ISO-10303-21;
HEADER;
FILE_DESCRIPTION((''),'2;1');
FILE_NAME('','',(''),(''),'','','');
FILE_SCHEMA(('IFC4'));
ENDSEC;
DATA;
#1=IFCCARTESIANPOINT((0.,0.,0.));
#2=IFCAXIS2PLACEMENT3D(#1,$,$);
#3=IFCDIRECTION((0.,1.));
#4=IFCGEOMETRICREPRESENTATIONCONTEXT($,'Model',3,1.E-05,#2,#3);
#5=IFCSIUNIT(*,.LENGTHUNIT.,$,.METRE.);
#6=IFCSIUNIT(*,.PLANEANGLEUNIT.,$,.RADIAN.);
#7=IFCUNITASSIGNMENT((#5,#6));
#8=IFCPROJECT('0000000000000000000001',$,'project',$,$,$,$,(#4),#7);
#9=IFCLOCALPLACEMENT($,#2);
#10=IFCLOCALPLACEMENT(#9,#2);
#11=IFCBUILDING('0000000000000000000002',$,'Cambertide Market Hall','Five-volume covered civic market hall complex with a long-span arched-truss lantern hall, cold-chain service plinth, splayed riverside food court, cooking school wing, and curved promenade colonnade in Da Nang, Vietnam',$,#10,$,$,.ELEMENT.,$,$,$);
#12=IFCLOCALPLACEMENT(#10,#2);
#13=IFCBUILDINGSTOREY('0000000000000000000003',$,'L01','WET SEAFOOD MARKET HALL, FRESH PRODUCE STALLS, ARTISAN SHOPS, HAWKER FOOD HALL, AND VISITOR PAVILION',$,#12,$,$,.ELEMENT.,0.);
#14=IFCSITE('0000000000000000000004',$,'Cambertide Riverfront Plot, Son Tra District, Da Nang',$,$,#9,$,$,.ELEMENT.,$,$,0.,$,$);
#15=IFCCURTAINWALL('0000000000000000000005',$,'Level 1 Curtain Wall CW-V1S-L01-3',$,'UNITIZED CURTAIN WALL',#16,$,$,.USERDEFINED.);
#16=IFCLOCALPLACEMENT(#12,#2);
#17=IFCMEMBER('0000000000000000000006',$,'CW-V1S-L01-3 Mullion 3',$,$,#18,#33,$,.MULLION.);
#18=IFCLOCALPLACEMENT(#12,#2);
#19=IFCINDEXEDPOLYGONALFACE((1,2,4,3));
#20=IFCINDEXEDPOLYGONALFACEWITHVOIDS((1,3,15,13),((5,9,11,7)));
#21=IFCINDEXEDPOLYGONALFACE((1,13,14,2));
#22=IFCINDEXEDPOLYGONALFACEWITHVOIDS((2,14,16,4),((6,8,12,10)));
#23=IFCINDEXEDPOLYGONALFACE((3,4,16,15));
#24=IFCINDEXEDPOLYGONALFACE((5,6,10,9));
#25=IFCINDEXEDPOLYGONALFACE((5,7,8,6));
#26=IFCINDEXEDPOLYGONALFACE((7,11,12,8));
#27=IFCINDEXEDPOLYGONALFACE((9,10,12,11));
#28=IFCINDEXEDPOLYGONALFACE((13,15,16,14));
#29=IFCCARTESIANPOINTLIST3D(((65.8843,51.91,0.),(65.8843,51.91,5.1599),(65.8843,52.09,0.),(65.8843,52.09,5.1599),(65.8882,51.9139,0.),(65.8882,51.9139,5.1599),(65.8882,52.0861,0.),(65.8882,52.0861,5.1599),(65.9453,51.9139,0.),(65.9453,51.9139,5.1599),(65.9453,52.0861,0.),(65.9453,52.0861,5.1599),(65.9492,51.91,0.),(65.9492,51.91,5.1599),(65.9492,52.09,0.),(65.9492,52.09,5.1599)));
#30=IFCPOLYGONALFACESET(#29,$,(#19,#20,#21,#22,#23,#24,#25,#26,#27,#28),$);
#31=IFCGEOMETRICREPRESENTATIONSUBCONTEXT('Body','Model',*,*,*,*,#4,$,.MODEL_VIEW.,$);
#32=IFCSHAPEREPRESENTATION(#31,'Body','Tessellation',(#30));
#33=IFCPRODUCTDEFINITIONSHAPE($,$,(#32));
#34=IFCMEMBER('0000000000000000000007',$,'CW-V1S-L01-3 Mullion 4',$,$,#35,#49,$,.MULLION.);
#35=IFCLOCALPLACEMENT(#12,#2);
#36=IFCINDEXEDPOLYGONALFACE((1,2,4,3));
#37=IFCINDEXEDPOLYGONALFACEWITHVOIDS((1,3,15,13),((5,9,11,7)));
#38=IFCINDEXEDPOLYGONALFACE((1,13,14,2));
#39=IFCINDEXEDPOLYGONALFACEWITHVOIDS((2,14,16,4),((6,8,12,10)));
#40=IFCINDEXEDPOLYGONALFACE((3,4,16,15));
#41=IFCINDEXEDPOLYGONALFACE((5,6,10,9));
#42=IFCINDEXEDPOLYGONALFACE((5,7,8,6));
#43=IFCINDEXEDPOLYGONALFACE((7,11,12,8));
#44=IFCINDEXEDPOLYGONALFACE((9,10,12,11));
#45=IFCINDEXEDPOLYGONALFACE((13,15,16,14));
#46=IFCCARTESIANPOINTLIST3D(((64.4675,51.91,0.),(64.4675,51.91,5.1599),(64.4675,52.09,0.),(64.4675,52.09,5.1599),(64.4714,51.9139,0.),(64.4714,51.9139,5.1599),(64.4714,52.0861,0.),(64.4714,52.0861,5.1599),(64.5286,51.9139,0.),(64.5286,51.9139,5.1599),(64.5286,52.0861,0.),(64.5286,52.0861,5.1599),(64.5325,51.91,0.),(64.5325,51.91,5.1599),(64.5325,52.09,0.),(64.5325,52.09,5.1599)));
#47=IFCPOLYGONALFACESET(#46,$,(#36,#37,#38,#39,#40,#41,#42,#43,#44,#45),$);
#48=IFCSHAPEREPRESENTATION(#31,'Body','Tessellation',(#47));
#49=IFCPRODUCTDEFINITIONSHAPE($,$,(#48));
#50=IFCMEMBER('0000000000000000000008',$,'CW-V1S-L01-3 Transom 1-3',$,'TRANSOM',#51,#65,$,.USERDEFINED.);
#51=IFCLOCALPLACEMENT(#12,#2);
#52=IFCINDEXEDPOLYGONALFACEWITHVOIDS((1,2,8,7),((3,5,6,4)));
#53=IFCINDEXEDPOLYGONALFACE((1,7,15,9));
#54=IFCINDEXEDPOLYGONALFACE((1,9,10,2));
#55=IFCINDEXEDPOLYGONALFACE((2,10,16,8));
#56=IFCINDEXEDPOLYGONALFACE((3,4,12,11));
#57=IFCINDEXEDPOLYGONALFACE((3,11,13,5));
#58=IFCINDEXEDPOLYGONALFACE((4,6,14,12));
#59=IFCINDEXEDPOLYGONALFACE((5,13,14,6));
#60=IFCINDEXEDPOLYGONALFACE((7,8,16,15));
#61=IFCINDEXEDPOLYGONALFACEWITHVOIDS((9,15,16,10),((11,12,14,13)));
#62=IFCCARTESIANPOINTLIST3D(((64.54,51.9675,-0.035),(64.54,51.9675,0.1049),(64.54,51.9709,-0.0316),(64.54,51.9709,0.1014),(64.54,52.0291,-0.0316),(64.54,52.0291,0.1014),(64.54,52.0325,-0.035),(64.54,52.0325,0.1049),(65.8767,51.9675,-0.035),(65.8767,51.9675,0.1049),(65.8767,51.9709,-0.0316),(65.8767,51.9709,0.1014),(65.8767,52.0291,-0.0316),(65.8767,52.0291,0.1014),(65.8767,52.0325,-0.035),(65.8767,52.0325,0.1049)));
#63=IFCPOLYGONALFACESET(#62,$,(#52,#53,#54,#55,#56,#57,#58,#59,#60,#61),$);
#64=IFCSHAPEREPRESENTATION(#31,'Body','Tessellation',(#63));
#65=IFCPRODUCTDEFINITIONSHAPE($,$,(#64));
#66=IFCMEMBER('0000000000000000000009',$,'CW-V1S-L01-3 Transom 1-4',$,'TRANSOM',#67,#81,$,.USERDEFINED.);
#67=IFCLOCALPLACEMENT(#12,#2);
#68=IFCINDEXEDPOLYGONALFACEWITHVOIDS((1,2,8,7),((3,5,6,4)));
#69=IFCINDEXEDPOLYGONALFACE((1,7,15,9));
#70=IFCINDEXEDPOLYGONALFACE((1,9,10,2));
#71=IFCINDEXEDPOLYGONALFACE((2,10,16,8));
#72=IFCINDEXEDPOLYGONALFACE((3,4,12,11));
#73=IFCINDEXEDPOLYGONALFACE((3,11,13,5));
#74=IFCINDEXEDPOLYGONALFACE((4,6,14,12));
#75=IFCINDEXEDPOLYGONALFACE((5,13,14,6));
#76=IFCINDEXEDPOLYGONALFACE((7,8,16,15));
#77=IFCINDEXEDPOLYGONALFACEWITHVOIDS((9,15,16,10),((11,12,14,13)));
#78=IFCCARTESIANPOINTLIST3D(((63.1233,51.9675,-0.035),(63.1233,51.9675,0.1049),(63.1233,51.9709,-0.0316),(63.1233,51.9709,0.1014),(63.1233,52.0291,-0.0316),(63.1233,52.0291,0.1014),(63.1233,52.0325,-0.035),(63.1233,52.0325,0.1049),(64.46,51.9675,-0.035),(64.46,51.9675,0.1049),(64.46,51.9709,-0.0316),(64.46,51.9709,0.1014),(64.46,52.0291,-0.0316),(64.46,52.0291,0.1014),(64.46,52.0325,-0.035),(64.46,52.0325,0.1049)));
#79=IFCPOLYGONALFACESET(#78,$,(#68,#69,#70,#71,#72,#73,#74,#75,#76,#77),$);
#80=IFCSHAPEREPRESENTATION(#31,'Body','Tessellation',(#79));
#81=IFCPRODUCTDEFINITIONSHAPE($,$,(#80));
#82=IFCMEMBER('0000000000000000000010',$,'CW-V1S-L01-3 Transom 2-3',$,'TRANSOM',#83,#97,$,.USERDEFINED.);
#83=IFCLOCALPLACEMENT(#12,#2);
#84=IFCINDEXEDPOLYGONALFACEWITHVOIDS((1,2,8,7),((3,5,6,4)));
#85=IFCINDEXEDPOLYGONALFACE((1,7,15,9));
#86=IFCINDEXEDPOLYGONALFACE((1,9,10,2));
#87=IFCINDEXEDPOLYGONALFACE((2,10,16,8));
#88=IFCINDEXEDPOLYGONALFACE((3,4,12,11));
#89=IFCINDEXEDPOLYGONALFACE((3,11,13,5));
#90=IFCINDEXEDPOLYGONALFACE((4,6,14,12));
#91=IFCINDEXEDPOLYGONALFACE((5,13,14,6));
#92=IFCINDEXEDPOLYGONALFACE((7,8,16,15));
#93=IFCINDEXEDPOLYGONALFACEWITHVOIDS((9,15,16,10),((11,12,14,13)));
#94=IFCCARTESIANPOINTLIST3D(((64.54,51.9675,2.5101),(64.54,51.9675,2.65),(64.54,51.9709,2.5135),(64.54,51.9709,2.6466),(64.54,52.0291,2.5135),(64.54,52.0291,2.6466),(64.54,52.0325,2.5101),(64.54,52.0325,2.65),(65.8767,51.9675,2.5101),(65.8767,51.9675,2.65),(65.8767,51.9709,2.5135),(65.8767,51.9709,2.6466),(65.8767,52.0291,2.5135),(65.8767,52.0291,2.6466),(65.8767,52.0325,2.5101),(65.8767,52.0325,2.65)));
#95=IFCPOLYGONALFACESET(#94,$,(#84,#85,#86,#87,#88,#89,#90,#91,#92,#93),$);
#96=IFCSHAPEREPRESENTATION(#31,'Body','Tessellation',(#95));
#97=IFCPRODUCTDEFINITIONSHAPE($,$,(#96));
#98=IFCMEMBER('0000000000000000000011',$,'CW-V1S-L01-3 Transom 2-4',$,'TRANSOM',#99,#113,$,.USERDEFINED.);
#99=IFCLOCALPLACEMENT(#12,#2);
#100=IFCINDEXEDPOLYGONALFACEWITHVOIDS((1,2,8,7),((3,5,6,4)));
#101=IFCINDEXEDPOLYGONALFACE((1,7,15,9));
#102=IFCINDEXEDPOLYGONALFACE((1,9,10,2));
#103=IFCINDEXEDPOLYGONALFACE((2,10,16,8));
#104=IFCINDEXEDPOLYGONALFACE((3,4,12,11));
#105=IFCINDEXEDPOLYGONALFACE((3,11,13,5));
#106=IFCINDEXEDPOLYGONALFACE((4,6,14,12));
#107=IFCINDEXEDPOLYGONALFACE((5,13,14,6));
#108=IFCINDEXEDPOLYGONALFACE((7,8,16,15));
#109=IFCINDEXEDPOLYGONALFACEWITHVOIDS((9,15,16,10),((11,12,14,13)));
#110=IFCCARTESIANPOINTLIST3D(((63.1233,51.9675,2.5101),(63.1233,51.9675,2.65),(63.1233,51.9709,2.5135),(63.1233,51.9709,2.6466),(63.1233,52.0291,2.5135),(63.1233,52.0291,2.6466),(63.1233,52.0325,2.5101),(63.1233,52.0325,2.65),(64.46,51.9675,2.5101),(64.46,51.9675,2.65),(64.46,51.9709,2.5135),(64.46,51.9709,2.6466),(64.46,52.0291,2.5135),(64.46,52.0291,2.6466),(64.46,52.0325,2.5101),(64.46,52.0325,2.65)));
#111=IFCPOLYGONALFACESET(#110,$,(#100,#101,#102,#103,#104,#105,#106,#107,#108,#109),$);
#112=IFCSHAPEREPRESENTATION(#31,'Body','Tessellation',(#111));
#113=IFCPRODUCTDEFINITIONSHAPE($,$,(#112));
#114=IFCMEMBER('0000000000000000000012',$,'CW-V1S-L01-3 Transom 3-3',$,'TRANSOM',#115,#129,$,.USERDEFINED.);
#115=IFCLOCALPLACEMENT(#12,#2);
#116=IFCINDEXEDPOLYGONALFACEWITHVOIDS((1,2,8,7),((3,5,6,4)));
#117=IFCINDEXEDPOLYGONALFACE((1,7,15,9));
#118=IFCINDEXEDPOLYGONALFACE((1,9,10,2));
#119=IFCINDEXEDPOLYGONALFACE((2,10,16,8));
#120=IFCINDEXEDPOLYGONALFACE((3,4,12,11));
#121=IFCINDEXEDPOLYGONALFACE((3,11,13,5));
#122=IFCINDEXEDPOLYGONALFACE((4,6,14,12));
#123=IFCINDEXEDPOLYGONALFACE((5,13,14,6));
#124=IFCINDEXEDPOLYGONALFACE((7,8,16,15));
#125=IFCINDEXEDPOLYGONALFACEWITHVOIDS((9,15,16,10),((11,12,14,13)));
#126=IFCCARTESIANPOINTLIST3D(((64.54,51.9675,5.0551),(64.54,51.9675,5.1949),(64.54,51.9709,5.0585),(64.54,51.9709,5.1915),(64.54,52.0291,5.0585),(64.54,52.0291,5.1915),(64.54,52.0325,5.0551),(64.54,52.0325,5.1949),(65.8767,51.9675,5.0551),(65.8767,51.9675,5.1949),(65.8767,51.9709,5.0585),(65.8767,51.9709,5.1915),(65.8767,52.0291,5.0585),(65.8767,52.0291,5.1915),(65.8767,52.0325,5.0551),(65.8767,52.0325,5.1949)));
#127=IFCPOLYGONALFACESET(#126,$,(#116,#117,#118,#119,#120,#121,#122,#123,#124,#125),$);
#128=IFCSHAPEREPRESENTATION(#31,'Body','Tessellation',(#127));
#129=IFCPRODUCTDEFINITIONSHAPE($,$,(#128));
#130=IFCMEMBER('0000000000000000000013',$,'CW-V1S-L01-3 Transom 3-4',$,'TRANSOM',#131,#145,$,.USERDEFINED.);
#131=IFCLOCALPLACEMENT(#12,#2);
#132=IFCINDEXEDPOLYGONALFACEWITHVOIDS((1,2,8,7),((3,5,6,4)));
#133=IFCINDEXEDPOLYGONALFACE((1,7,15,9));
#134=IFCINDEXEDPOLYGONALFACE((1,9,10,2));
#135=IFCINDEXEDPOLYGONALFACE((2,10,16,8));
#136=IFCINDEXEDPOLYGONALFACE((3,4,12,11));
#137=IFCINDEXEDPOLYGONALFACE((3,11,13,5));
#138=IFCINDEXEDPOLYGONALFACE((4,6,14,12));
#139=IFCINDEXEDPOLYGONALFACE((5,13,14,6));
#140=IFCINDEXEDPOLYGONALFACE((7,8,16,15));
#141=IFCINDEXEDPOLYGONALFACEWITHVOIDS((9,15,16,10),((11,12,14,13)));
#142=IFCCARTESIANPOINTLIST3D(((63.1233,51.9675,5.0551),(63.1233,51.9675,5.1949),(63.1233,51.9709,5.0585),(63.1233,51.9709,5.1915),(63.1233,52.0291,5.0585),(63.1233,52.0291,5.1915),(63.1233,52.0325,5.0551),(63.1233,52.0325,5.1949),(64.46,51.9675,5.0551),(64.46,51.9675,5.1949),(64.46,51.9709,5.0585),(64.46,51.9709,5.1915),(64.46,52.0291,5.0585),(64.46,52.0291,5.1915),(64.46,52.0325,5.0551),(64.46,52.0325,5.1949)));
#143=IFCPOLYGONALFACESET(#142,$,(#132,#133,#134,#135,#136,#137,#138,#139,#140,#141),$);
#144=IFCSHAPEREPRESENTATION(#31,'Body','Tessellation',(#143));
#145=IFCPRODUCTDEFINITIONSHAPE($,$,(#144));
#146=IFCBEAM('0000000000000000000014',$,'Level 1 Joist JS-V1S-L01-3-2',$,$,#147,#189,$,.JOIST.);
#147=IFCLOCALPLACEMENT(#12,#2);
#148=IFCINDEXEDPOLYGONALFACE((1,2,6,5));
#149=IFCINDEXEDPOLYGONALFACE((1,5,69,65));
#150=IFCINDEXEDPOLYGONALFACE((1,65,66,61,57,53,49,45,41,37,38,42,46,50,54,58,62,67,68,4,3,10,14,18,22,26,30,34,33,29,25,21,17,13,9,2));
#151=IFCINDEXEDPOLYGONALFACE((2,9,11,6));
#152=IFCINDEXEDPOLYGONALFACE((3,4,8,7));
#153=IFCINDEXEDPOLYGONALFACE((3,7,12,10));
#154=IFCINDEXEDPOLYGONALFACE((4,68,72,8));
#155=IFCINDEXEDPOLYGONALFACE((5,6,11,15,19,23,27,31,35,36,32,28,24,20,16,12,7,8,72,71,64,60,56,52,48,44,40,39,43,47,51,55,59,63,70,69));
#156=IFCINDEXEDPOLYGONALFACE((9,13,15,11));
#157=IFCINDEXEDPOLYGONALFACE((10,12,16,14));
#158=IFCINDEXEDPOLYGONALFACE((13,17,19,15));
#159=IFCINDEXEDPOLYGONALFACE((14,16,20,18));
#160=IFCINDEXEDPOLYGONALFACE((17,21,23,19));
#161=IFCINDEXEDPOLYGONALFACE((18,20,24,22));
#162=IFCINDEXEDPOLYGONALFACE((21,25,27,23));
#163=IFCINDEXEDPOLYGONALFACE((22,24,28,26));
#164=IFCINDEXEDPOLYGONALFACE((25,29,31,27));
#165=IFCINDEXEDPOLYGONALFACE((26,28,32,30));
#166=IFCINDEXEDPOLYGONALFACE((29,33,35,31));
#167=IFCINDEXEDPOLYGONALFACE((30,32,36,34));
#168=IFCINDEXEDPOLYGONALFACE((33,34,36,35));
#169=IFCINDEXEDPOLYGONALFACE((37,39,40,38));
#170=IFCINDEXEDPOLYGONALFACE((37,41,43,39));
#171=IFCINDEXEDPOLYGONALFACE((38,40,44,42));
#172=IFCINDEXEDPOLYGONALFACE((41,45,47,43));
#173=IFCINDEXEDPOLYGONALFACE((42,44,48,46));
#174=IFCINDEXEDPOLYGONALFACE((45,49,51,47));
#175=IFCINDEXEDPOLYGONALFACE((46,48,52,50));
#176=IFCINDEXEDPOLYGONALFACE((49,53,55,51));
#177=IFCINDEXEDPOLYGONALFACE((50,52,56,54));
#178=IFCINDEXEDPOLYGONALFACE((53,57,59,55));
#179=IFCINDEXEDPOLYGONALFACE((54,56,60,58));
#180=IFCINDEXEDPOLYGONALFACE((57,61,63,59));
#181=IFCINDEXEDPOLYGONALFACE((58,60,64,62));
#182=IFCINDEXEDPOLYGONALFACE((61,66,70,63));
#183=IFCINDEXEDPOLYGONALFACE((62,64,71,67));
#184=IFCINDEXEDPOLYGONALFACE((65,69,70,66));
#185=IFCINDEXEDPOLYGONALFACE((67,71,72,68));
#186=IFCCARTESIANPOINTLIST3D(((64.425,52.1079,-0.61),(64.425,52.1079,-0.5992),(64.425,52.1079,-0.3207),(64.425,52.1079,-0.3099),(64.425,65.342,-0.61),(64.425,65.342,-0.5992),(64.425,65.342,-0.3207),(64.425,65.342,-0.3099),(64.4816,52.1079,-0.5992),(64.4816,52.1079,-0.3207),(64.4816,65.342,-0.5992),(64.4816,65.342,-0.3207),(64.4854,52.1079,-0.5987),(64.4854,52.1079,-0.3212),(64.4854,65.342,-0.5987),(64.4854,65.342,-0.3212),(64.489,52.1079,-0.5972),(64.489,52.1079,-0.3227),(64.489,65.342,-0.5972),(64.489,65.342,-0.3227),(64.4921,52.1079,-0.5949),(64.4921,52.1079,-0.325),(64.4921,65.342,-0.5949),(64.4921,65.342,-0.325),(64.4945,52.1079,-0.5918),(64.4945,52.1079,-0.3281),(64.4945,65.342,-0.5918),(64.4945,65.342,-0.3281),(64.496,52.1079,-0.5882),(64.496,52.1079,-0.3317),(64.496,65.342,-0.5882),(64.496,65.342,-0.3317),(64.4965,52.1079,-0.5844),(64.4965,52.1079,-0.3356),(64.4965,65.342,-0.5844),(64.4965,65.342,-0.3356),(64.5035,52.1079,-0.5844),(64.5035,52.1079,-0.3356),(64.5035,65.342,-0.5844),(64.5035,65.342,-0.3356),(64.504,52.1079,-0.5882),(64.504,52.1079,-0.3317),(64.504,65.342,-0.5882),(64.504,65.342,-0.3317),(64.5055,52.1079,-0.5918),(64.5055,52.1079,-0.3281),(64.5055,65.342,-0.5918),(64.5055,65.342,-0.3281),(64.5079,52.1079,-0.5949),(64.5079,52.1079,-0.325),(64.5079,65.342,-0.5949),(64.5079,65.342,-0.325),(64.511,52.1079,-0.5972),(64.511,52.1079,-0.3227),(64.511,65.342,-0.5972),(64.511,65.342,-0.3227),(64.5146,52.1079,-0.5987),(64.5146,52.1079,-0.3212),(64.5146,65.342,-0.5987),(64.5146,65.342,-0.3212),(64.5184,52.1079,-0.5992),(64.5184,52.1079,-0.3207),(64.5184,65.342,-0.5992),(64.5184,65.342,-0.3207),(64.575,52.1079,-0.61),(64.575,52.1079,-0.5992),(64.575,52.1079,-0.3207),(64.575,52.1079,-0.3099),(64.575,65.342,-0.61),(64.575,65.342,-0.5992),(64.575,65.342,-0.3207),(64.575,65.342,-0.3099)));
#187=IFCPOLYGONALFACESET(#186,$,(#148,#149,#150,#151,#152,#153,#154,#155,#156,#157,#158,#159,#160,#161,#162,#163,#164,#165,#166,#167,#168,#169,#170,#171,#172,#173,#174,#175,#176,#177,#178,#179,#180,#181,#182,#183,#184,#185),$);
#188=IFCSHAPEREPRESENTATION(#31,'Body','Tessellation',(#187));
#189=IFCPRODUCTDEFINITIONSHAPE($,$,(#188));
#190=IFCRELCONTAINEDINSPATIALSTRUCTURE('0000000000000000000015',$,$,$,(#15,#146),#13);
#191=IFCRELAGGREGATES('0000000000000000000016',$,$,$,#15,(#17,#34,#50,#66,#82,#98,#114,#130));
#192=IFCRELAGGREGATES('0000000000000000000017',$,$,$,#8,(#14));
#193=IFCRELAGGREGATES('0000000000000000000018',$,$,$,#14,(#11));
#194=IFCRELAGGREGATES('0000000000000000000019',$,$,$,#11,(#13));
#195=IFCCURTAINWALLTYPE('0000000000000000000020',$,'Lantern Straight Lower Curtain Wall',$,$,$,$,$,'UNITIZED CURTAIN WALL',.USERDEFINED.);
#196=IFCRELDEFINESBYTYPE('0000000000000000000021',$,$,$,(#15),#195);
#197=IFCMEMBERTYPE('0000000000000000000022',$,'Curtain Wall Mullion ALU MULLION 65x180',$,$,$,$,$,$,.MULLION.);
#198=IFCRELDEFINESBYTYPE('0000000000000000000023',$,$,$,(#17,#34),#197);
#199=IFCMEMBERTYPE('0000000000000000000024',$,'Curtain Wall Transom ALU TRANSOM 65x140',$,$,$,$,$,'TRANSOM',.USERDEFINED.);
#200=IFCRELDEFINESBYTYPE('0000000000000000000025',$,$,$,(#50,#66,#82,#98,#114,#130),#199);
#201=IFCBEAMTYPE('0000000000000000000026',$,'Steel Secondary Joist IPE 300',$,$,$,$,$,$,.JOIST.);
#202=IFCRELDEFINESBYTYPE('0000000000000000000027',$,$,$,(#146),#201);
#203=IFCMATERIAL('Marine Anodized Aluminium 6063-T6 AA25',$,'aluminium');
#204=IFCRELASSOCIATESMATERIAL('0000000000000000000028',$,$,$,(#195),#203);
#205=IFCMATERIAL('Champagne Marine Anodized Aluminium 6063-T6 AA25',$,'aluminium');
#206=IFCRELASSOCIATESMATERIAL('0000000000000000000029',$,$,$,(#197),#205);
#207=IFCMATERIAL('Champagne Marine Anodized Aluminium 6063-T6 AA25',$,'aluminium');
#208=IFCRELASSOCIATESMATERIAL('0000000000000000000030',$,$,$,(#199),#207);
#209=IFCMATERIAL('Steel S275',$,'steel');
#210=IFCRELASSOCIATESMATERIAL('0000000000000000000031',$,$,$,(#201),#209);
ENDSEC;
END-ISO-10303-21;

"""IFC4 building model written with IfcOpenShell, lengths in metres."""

from ifc_helpers import new_model, si_unit, direction, frame, origin, origin_2d, place, context, subcontext, project, spatial, hollow_rectangle, i_section, extrude, material, material_profile, profile_set, type_object, element, aggregate, save


model = new_model("IFC4")

# Units and contexts
model_context = context("Model", 3, precision=1e-05, world=origin(), true_north=direction((0.0, 1.0)))
body_context = subcontext(model_context, "Body", "Model", "MODEL_VIEW")
ifc_project = project(units=[si_unit("LENGTHUNIT", "METRE"), si_unit("PLANEANGLEUNIT", "RADIAN")], contexts=[model_context])

# Site, building, storey
site_placement = place(None, origin())
site = spatial("IfcSite", under=ifc_project, at=site_placement, Name="Cambertide Riverfront Plot, Son Tra District, Da Nang", CompositionType="ELEMENT", RefElevation=0.0)
building_placement = place(site_placement, origin())
building = spatial("IfcBuilding", under=site, at=building_placement, Name="Cambertide Market Hall", Description="Five-volume covered civic market hall complex with a long-span arched-truss lantern hall, cold-chain service plinth, splayed riverside food court, cooking school wing, and curved promenade colonnade in Da Nang, Vietnam", CompositionType="ELEMENT")
storey_placement = place(building_placement, origin())
storey = spatial("IfcBuildingStorey", under=building, at=storey_placement, Name="L01", Description="WET SEAFOOD MARKET HALL, FRESH PRODUCE STALLS, ARTISAN SHOPS, HAWKER FOOD HALL, AND VISITOR PAVILION", CompositionType="ELEMENT", Elevation=0.0)

# Curtain wall, members
ifc_material_1 = material(Name="Marine Anodized Aluminium 6063-T6 AA25", Category="aluminium")
curtain_wall_type = type_object("IfcCurtainWallType", Name="Lantern Straight Lower Curtain Wall", ElementType="UNITIZED CURTAIN WALL", PredefinedType="USERDEFINED", material=ifc_material_1)
curtain_wall_placement = place(storey_placement, origin())
curtain_wall = element("IfcCurtainWall", 1, at=curtain_wall_placement, inside=storey, type_object=curtain_wall_type, Name="Level 1 Curtain Wall CW-V1S-L01-3", ObjectType="UNITIZED CURTAIN WALL", PredefinedType="USERDEFINED")
ifc_material_2 = material(Name="Champagne Marine Anodized Aluminium 6063-T6 AA25", Category="aluminium")
ifc_material_profile_1 = material_profile(ifc_material_2, hollow_rectangle(XDim=0.0649, YDim=0.1799, WallThickness=0.0039, at=origin_2d()), Name="ALU MULLION 65x180")
ifc_profile_set_1 = profile_set([ifc_material_profile_1], Name="Champagne Marine Anodized Aluminium 6063-T6 AA25")
member_type_1 = type_object("IfcMemberType", Name="Curtain Wall Mullion ALU MULLION 65x180", PredefinedType="MULLION", material=ifc_profile_set_1)
member_1_placement = place(storey_placement, frame((65.9167, 52.0, 0.0), z_axis=(0.0, 0.0, 1.0), x_axis=(-1.0, 0.0, 0.0)))
member_1 = element("IfcMember", 2, at=member_1_placement, type_object=member_type_1, Name="CW-V1S-L01-3 Mullion 3", PredefinedType="MULLION", context=body_context, shape_type="SweptSolid", body=[
    extrude(hollow_rectangle(XDim=0.0649, YDim=0.1799, WallThickness=0.0039, at=origin_2d()), origin(), (0.0, 0.0, 1.0), 5.1599),
])
member_2_placement = place(storey_placement, frame((64.5, 52.0, 0.0), z_axis=(0.0, 0.0, 1.0), x_axis=(-1.0, 0.0, 0.0)))
member_2 = element("IfcMember", 3, at=member_2_placement, type_object=member_type_1, Name="CW-V1S-L01-3 Mullion 4", PredefinedType="MULLION", context=body_context, shape_type="SweptSolid", body=[
    extrude(hollow_rectangle(XDim=0.0649, YDim=0.1799, WallThickness=0.0039, at=origin_2d()), origin(), (0.0, 0.0, 1.0), 5.1599),
])
ifc_material_3 = material(Name="Champagne Marine Anodized Aluminium 6063-T6 AA25", Category="aluminium")
ifc_material_profile_2 = material_profile(ifc_material_3, hollow_rectangle(XDim=0.0649, YDim=0.1399, WallThickness=0.0034, at=origin_2d()), Name="ALU TRANSOM 65x140")
ifc_profile_set_2 = profile_set([ifc_material_profile_2], Name="Champagne Marine Anodized Aluminium 6063-T6 AA25")
member_type_2 = type_object("IfcMemberType", Name="Curtain Wall Transom ALU TRANSOM 65x140", ElementType="TRANSOM", PredefinedType="USERDEFINED", material=ifc_profile_set_2)
member_3_placement = place(storey_placement, frame((65.8767, 52.0, 0.0349), z_axis=(-1.0, 0.0, 0.0), x_axis=(0.0, -1.0, 0.0)))
member_3 = element("IfcMember", 4, at=member_3_placement, type_object=member_type_2, Name="CW-V1S-L01-3 Transom 1-3", ObjectType="TRANSOM", PredefinedType="USERDEFINED", context=body_context, shape_type="SweptSolid", body=[
    extrude(hollow_rectangle(XDim=0.0649, YDim=0.1399, WallThickness=0.0034, at=origin_2d()), origin(), (0.0, 0.0, 1.0), 1.3367),
])
member_4_placement = place(storey_placement, frame((64.46, 52.0, 0.0349), z_axis=(-1.0, 0.0, 0.0), x_axis=(0.0, -1.0, 0.0)))
member_4 = element("IfcMember", 5, at=member_4_placement, type_object=member_type_2, Name="CW-V1S-L01-3 Transom 1-4", ObjectType="TRANSOM", PredefinedType="USERDEFINED", context=body_context, shape_type="SweptSolid", body=[
    extrude(hollow_rectangle(XDim=0.0649, YDim=0.1399, WallThickness=0.0034, at=origin_2d()), origin(), (0.0, 0.0, 1.0), 1.3367),
])
member_5_placement = place(storey_placement, frame((65.8767, 52.0, 2.5801), z_axis=(-1.0, 0.0, 0.0), x_axis=(0.0, -1.0, 0.0)))
member_5 = element("IfcMember", 6, at=member_5_placement, type_object=member_type_2, Name="CW-V1S-L01-3 Transom 2-3", ObjectType="TRANSOM", PredefinedType="USERDEFINED", context=body_context, shape_type="SweptSolid", body=[
    extrude(hollow_rectangle(XDim=0.0649, YDim=0.1399, WallThickness=0.0034, at=origin_2d()), origin(), (0.0, 0.0, 1.0), 1.3367),
])
member_6_placement = place(storey_placement, frame((64.46, 52.0, 2.5801), z_axis=(-1.0, 0.0, 0.0), x_axis=(0.0, -1.0, 0.0)))
member_6 = element("IfcMember", 7, at=member_6_placement, type_object=member_type_2, Name="CW-V1S-L01-3 Transom 2-4", ObjectType="TRANSOM", PredefinedType="USERDEFINED", context=body_context, shape_type="SweptSolid", body=[
    extrude(hollow_rectangle(XDim=0.0649, YDim=0.1399, WallThickness=0.0034, at=origin_2d()), origin(), (0.0, 0.0, 1.0), 1.3367),
])
member_7_placement = place(storey_placement, frame((65.8767, 52.0, 5.125), z_axis=(-1.0, 0.0, 0.0), x_axis=(0.0, -1.0, 0.0)))
member_7 = element("IfcMember", 8, at=member_7_placement, type_object=member_type_2, Name="CW-V1S-L01-3 Transom 3-3", ObjectType="TRANSOM", PredefinedType="USERDEFINED", context=body_context, shape_type="SweptSolid", body=[
    extrude(hollow_rectangle(XDim=0.0649, YDim=0.1399, WallThickness=0.0034, at=origin_2d()), origin(), (0.0, 0.0, 1.0), 1.3367),
])
member_8_placement = place(storey_placement, frame((64.46, 52.0, 5.125), z_axis=(-1.0, 0.0, 0.0), x_axis=(0.0, -1.0, 0.0)))
member_8 = element("IfcMember", 9, at=member_8_placement, type_object=member_type_2, Name="CW-V1S-L01-3 Transom 3-4", ObjectType="TRANSOM", PredefinedType="USERDEFINED", context=body_context, shape_type="SweptSolid", body=[
    extrude(hollow_rectangle(XDim=0.0649, YDim=0.1399, WallThickness=0.0034, at=origin_2d()), origin(), (0.0, 0.0, 1.0), 1.3367),
])

# Beam
ifc_material_4 = material(Name="Steel S275", Category="steel")
ifc_material_profile_3 = material_profile(ifc_material_4, i_section(OverallWidth=0.1499, OverallDepth=0.3, WebThickness=0.0071, FlangeThickness=0.0107, FilletRadius=0.0149, at=origin_2d()), Name="IPE 300")
ifc_profile_set_3 = profile_set([ifc_material_profile_3], Name="Steel S275")
beam_type = type_object("IfcBeamType", Name="Steel Secondary Joist IPE 300", PredefinedType="JOIST", material=ifc_profile_set_3)
beam_placement = place(storey_placement, frame((64.5, 52.1079, -0.46), z_axis=(0.0, 1.0, 0.0), x_axis=(-1.0, 0.0, 0.0)))
element("IfcBeam", 10, at=beam_placement, inside=storey, type_object=beam_type, Name="Level 1 Joist JS-V1S-L01-3-2", PredefinedType="JOIST", context=body_context, shape_type="SweptSolid", body=[
    extrude(i_section(OverallWidth=0.1499, OverallDepth=0.3, WebThickness=0.0071, FlangeThickness=0.0107, FilletRadius=0.0149, at=origin_2d()), origin(), (0.0, 0.0, 1.0), 13.2341),
])

aggregate(curtain_wall, [member_1, member_2, member_3, member_4, member_5, member_6, member_7, member_8])

save(model, "model.ifc")
